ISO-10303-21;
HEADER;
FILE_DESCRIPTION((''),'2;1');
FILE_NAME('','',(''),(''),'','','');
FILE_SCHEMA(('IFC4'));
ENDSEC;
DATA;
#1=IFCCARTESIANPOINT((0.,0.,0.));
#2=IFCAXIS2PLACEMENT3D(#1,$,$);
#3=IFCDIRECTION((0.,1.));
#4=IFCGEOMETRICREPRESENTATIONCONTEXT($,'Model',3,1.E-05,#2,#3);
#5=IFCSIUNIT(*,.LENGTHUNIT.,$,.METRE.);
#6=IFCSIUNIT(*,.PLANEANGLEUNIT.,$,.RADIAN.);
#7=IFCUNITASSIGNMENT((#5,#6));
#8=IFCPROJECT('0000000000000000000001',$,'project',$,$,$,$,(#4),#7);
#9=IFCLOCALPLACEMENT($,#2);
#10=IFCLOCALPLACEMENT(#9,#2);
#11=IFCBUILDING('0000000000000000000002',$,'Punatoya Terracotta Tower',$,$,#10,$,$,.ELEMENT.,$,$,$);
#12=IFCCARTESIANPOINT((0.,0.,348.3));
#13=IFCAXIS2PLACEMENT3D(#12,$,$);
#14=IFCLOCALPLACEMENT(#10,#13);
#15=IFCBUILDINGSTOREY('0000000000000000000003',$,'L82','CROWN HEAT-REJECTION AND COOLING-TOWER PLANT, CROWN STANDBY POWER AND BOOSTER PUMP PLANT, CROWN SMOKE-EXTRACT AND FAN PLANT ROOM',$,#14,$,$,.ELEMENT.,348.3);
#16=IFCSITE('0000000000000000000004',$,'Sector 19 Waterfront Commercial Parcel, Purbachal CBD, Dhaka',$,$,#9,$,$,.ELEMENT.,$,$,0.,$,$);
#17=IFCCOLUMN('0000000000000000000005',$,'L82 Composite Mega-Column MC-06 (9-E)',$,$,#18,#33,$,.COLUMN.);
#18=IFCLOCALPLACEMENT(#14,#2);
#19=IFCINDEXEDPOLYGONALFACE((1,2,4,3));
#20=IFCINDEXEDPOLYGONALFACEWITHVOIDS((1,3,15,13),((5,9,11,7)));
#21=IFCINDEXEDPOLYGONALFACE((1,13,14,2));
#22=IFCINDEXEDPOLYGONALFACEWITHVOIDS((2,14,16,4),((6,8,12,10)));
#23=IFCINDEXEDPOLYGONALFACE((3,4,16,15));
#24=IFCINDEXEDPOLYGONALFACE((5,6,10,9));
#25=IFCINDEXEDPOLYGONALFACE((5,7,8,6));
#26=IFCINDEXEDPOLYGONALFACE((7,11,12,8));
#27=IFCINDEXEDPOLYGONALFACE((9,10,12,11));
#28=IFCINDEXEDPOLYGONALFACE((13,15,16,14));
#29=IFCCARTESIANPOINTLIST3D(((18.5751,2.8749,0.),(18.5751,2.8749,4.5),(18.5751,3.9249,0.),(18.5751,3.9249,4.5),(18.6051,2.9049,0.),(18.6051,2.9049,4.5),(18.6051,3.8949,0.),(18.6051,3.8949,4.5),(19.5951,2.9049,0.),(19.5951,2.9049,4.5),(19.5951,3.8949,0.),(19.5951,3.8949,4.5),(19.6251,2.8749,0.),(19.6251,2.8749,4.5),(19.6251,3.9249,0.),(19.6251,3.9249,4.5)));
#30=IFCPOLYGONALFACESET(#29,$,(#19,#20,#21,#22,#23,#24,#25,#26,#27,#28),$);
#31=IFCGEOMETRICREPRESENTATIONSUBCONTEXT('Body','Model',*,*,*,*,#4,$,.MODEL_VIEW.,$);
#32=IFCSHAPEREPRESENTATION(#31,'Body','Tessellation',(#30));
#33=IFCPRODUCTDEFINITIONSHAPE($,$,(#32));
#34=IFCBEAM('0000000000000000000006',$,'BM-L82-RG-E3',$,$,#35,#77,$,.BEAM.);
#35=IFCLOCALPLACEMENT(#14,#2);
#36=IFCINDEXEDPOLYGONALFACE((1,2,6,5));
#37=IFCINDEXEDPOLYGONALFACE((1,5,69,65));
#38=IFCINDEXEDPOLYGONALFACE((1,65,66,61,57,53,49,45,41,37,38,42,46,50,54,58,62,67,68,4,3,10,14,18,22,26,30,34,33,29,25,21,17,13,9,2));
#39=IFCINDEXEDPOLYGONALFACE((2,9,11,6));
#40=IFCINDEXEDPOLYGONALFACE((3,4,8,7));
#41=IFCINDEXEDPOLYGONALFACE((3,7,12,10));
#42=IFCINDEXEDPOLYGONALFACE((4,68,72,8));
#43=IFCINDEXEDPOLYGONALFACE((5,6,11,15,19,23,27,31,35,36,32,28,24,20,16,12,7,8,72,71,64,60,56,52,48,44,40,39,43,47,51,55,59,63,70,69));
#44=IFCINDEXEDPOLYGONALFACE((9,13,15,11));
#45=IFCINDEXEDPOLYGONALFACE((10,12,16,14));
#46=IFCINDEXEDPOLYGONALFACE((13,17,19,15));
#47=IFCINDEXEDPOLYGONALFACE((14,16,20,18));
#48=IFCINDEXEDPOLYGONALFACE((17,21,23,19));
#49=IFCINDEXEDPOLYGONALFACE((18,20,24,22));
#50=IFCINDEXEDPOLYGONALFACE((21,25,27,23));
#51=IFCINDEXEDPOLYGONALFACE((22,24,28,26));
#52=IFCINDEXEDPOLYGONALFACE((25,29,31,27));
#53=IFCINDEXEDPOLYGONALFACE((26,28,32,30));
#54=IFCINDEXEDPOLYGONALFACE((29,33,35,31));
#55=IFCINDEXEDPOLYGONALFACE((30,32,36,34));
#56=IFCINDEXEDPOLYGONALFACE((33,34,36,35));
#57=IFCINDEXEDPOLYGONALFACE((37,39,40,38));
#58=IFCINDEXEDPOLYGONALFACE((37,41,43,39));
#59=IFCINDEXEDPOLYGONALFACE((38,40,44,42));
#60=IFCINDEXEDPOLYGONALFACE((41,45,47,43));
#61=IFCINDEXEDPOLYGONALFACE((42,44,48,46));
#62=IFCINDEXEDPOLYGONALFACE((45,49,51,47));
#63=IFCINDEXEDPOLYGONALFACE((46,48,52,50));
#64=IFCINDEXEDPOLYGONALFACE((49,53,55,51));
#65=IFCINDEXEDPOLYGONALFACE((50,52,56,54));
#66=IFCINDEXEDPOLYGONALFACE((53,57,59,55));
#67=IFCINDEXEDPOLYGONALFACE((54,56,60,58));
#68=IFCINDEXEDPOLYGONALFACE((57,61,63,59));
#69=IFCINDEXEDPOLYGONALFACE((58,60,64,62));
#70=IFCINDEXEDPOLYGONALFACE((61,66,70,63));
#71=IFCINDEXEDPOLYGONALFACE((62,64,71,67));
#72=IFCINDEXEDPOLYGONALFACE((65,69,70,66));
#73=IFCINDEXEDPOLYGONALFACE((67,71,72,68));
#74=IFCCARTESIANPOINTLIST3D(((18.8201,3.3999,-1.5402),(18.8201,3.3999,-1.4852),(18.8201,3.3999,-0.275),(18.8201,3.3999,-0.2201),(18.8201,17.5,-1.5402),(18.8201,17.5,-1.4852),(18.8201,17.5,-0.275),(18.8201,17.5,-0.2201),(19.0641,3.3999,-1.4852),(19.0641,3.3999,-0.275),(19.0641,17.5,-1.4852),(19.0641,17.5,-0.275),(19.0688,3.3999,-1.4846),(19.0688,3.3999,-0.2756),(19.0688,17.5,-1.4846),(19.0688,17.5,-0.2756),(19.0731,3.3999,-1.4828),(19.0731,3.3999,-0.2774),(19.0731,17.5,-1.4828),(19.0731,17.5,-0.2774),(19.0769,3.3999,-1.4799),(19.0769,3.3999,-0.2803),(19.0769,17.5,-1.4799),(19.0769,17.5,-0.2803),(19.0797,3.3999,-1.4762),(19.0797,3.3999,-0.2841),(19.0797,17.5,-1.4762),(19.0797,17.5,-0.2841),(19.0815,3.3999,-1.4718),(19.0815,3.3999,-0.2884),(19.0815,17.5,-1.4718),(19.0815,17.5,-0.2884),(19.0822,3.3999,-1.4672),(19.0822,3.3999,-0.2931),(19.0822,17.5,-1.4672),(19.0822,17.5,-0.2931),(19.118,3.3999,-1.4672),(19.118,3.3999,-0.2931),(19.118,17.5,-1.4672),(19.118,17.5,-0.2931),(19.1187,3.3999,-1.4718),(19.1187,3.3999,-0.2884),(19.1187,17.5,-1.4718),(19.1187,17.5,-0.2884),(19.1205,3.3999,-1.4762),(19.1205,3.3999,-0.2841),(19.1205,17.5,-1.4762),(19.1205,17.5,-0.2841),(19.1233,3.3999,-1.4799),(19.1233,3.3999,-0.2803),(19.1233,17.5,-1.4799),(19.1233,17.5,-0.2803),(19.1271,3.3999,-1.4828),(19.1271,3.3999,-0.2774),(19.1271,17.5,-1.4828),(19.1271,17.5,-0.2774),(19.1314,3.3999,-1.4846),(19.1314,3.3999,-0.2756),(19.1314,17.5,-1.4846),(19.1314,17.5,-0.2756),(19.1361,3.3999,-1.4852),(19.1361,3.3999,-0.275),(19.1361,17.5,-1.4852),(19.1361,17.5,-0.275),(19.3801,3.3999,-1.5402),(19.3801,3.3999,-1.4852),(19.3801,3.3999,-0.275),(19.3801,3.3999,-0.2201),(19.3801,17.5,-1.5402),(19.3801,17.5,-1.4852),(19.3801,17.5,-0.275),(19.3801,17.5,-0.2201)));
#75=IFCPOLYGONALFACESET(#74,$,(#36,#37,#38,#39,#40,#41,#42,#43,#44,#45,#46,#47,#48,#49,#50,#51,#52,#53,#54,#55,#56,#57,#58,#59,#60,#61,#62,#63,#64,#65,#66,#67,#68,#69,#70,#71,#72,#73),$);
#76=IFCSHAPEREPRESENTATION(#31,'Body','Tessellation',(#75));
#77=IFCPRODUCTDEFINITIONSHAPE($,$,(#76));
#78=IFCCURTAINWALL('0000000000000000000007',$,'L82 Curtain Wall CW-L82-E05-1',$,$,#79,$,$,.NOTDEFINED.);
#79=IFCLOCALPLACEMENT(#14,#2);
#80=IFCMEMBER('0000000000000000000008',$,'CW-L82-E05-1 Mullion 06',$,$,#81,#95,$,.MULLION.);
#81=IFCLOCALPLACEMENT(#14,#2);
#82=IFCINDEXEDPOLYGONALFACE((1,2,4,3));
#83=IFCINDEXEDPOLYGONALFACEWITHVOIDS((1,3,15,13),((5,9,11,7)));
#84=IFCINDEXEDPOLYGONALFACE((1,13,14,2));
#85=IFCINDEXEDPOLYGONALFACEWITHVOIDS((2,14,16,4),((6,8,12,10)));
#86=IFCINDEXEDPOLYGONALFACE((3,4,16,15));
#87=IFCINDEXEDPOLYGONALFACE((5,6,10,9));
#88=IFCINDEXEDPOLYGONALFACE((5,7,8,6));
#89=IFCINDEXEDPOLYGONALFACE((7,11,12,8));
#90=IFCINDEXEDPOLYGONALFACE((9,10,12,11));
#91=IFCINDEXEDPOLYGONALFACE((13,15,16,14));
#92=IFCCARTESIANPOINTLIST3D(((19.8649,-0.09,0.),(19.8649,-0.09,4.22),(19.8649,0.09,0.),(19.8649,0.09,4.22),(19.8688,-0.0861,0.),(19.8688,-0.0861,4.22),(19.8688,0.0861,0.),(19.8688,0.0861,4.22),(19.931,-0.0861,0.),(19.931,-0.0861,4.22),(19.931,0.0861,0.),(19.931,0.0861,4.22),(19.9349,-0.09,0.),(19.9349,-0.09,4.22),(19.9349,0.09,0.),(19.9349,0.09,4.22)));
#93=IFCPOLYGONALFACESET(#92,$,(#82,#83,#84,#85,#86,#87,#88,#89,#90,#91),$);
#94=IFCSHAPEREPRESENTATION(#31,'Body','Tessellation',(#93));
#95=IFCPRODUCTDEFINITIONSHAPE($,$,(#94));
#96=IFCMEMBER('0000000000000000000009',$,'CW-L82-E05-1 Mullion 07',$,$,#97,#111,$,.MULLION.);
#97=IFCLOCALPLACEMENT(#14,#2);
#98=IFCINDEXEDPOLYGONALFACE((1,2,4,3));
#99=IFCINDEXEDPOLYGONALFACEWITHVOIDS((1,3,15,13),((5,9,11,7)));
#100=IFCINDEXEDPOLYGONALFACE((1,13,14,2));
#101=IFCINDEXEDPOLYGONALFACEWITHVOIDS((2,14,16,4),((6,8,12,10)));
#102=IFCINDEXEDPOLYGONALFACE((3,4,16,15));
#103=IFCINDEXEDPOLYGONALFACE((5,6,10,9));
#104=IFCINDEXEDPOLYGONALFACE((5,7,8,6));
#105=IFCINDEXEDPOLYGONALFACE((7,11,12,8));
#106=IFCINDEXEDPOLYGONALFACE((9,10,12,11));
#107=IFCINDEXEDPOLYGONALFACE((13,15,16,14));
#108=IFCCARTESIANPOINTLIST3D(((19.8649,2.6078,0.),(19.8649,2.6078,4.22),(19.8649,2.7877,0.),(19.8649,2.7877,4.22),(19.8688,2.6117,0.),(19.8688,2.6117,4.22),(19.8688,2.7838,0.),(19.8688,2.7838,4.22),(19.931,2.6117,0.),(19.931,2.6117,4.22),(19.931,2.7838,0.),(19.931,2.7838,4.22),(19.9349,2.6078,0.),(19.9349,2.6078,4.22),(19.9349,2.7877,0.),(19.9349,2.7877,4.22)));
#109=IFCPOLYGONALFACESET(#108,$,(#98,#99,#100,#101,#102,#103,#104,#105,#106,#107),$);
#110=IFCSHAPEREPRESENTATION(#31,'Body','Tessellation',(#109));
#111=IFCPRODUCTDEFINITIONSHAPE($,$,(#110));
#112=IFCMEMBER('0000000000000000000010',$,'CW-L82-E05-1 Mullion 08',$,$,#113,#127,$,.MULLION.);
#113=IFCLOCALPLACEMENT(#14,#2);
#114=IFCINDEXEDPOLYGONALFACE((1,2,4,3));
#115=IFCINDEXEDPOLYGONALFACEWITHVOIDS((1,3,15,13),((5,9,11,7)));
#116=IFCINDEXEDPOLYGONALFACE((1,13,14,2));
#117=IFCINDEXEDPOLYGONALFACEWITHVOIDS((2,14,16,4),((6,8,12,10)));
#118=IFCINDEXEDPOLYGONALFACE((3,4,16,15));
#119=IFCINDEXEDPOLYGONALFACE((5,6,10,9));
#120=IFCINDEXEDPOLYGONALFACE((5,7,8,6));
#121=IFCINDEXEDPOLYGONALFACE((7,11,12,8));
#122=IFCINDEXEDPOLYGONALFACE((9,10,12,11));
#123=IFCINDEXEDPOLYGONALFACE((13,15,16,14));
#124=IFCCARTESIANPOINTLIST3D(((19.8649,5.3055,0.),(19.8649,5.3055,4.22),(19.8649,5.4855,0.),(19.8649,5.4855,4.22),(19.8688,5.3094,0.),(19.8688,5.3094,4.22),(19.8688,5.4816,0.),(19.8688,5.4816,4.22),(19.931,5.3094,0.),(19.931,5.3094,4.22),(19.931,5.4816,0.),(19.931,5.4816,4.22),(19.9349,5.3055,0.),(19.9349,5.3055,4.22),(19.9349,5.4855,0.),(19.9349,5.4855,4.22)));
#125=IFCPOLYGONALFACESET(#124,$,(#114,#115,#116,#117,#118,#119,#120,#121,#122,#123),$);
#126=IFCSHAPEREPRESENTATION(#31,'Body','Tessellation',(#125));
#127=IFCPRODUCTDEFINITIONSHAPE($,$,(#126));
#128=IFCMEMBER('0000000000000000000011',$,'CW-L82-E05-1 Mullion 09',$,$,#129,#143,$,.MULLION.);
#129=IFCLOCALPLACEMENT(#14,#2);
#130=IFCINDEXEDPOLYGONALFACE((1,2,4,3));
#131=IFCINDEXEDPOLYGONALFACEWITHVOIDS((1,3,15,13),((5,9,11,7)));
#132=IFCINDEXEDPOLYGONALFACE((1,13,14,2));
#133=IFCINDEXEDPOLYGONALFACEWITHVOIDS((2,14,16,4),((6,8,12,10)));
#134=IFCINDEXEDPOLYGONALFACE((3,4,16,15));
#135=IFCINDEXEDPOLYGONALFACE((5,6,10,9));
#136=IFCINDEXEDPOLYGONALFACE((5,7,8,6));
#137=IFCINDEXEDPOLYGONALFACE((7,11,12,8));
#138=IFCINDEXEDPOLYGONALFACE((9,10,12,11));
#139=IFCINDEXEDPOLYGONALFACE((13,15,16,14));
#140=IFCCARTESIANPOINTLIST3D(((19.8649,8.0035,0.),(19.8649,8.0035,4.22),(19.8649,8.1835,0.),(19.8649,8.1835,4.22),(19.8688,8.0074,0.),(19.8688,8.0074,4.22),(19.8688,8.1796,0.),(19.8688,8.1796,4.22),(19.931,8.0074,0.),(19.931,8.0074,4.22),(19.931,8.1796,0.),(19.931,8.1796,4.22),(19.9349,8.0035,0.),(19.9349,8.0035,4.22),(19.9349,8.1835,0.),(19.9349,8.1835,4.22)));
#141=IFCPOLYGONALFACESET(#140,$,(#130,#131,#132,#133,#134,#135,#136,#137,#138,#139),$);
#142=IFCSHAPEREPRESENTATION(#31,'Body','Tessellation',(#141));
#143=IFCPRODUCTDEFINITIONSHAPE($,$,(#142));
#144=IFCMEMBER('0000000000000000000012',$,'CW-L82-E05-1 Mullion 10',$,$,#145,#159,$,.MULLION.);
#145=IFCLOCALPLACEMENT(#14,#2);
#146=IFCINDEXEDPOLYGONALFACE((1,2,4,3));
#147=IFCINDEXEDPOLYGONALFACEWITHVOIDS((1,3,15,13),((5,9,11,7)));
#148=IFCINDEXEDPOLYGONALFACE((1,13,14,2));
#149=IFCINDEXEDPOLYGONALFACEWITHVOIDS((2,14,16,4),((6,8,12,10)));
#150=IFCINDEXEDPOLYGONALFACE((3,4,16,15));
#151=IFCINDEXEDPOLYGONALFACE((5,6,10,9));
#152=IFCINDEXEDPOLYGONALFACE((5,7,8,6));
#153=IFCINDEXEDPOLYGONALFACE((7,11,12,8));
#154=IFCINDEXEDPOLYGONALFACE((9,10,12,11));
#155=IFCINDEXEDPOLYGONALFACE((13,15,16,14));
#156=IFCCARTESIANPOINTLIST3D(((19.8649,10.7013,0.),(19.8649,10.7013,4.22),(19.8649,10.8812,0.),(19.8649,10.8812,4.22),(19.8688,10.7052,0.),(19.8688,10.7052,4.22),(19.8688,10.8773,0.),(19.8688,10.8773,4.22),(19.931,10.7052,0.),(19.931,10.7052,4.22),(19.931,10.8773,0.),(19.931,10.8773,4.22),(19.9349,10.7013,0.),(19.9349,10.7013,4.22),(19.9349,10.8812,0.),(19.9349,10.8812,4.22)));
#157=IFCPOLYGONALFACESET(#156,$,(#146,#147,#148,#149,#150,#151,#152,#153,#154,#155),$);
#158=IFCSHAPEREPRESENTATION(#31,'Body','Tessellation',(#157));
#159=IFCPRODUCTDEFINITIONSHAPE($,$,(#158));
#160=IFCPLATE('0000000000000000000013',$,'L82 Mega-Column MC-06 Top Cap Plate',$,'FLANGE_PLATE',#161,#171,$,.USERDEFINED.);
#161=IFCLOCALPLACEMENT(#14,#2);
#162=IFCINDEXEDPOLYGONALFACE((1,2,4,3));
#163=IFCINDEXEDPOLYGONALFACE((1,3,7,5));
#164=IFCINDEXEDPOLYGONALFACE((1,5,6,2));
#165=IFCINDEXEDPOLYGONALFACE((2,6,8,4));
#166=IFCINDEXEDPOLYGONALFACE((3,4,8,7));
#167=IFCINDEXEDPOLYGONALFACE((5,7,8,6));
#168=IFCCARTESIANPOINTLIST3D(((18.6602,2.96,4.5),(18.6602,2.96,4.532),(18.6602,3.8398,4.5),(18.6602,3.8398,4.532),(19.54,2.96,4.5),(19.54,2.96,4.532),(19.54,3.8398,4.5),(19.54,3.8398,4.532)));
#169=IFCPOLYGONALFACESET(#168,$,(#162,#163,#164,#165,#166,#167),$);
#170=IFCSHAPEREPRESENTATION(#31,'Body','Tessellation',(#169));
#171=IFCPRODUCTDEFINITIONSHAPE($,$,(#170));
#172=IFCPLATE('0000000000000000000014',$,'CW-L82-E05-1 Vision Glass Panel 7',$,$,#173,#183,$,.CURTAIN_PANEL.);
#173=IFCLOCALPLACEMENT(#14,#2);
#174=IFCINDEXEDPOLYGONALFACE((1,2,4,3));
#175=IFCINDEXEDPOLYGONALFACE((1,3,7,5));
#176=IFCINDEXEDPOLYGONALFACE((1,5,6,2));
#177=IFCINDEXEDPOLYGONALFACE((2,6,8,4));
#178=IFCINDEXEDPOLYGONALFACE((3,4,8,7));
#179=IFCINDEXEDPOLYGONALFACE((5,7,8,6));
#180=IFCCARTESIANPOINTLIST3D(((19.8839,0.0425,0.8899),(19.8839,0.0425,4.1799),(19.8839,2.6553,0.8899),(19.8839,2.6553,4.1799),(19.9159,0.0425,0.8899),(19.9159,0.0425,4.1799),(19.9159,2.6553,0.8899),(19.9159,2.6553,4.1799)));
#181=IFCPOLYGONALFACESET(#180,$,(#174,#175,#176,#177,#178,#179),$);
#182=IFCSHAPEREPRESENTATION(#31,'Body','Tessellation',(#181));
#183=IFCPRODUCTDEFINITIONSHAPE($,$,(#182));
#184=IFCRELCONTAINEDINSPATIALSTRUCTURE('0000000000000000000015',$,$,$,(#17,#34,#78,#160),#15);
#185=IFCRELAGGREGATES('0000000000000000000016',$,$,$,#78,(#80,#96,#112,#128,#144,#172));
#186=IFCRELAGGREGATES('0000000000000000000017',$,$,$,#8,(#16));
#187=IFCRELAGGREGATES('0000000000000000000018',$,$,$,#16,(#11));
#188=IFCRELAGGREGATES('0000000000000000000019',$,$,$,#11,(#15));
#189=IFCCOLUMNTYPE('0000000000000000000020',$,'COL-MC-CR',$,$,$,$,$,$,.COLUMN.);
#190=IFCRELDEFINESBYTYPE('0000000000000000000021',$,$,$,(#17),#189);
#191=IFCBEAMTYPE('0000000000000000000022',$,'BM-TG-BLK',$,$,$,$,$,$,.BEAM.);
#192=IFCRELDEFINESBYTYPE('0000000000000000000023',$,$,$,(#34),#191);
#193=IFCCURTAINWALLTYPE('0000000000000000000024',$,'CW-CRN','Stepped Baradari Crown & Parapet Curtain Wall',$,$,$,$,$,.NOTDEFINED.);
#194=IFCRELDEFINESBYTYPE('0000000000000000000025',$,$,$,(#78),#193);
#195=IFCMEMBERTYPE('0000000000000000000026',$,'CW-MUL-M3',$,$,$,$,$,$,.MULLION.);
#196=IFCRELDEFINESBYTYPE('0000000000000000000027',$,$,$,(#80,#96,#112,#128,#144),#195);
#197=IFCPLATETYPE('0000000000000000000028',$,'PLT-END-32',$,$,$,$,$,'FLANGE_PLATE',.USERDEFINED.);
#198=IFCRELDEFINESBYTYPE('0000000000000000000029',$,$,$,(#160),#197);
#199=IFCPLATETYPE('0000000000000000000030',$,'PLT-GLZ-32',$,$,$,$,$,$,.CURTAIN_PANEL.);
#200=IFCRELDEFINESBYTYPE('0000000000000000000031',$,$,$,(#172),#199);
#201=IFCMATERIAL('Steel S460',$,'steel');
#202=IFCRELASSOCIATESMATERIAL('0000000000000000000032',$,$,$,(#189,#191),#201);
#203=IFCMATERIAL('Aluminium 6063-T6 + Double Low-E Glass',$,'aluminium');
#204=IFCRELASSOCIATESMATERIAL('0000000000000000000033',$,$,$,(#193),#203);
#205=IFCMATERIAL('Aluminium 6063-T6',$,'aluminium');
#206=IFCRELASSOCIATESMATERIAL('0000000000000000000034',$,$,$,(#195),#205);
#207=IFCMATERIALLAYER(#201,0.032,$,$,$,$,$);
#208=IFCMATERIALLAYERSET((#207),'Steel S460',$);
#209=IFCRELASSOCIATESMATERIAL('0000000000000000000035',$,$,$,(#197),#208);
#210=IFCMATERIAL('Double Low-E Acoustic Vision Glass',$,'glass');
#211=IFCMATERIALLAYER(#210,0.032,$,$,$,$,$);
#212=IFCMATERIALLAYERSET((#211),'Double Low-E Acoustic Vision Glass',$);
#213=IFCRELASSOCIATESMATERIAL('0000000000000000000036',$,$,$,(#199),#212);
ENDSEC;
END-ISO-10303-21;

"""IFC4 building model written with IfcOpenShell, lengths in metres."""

from ifc_helpers import new_model, si_unit, direction, frame, origin, origin_2d, place, context, subcontext, project, spatial, rectangle, hollow_rectangle, i_section, extrude, material, layer, layer_set, material_profile, profile_set, type_object, element, aggregate, save


model = new_model("IFC4")

# Units and contexts
model_context = context("Model", 3, precision=1e-05, world=origin(), true_north=direction((0.0, 1.0)))
body_context = subcontext(model_context, "Body", "Model", "MODEL_VIEW")
ifc_project = project(units=[si_unit("LENGTHUNIT", "METRE"), si_unit("PLANEANGLEUNIT", "RADIAN")], contexts=[model_context])

# Site, building, storey
site_placement = place(None, origin())
site = spatial("IfcSite", under=ifc_project, at=site_placement, Name="Sector 19 Waterfront Commercial Parcel, Purbachal CBD, Dhaka", CompositionType="ELEMENT", RefElevation=0.0)
building_placement = place(site_placement, origin())
building = spatial("IfcBuilding", under=site, at=building_placement, Name="Punatoya Terracotta Tower", CompositionType="ELEMENT")
storey_placement = place(building_placement, frame((0.0, 0.0, 348.3)))
storey = spatial("IfcBuildingStorey", under=building, at=storey_placement, Name="L82", Description="CROWN HEAT-REJECTION AND COOLING-TOWER PLANT, CROWN STANDBY POWER AND BOOSTER PUMP PLANT, CROWN SMOKE-EXTRACT AND FAN PLANT ROOM", CompositionType="ELEMENT", Elevation=348.3)

# Column
ifc_material_1 = material(Name="Steel S460", Category="steel")
ifc_material_profile_1 = material_profile(ifc_material_1, hollow_rectangle(XDim=1.05, YDim=1.05, WallThickness=0.03, at=origin_2d()))
ifc_profile_set_1 = profile_set([ifc_material_profile_1], Name="Steel S460")
column_type = type_object("IfcColumnType", Name="COL-MC-CR", PredefinedType="COLUMN", material=ifc_profile_set_1)
column_placement = place(storey_placement, frame((19.1001, 3.3999, 0.0), z_axis=(0.0, 0.0, 1.0), x_axis=(1.0, 0.0, 0.0)))
element("IfcColumn", 1, at=column_placement, inside=storey, type_object=column_type, Name="L82 Composite Mega-Column MC-06 (9-E)", PredefinedType="COLUMN", context=body_context, shape_type="SweptSolid", body=[
    extrude(hollow_rectangle(XDim=1.05, YDim=1.05, WallThickness=0.03, at=origin_2d()), origin(), (0.0, 0.0, 1.0), 4.5),
])

# Beam
ifc_material_profile_2 = material_profile(ifc_material_1, i_section(OverallWidth=0.5601, OverallDepth=1.3201, WebThickness=0.0359, FlangeThickness=0.0549, FilletRadius=0.0181, at=origin_2d()))
ifc_profile_set_2 = profile_set([ifc_material_profile_2], Name="Steel S460")
beam_type = type_object("IfcBeamType", Name="BM-TG-BLK", PredefinedType="BEAM", material=ifc_profile_set_2)
beam_placement = place(storey_placement, frame((19.1001, 3.3999, -0.8801), z_axis=(0.0, 1.0, 0.0), x_axis=(-1.0, 0.0, 0.0)))
element("IfcBeam", 2, at=beam_placement, inside=storey, type_object=beam_type, Name="BM-L82-RG-E3", PredefinedType="BEAM", context=body_context, shape_type="SweptSolid", body=[
    extrude(i_section(OverallWidth=0.5601, OverallDepth=1.3201, WebThickness=0.0359, FlangeThickness=0.0549, FilletRadius=0.0181, at=origin_2d()), origin(), (0.0, 0.0, 1.0), 14.1001),
])

# Curtain wall, members
ifc_material_2 = material(Name="Aluminium 6063-T6 + Double Low-E Glass", Category="aluminium")
curtain_wall_type = type_object("IfcCurtainWallType", Name="CW-CRN", Description="Stepped Baradari Crown & Parapet Curtain Wall", PredefinedType="NOTDEFINED", material=ifc_material_2)
curtain_wall_placement = place(storey_placement, origin())
curtain_wall = element("IfcCurtainWall", 3, at=curtain_wall_placement, inside=storey, type_object=curtain_wall_type, Name="L82 Curtain Wall CW-L82-E05-1", PredefinedType="NOTDEFINED")
ifc_material_3 = material(Name="Aluminium 6063-T6", Category="aluminium")
ifc_material_profile_3 = material_profile(ifc_material_3, hollow_rectangle(XDim=0.0701, YDim=0.1799, WallThickness=0.0039, at=origin_2d()))
ifc_profile_set_3 = profile_set([ifc_material_profile_3], Name="Aluminium 6063-T6")
member_type = type_object("IfcMemberType", Name="CW-MUL-M3", PredefinedType="MULLION", material=ifc_profile_set_3)
member_1_placement = place(storey_placement, frame((19.8999, 0.0, 0.0), z_axis=(0.0, 0.0, 1.0), x_axis=(1.0, 0.0, 0.0)))
member_1 = element("IfcMember", 4, at=member_1_placement, type_object=member_type, Name="CW-L82-E05-1 Mullion 06", PredefinedType="MULLION", context=body_context, shape_type="SweptSolid", body=[
    extrude(hollow_rectangle(XDim=0.0701, YDim=0.1799, WallThickness=0.0039, at=origin_2d()), origin(), (0.0, 0.0, 1.0), 4.22),
])
member_2_placement = place(storey_placement, frame((19.8999, 2.6978, 0.0), z_axis=(0.0, 0.0, 1.0), x_axis=(1.0, 0.0, 0.0)))
member_2 = element("IfcMember", 5, at=member_2_placement, type_object=member_type, Name="CW-L82-E05-1 Mullion 07", PredefinedType="MULLION", context=body_context, shape_type="SweptSolid", body=[
    extrude(hollow_rectangle(XDim=0.0701, YDim=0.1799, WallThickness=0.0039, at=origin_2d()), origin(), (0.0, 0.0, 1.0), 4.22),
])
member_3_placement = place(storey_placement, frame((19.8999, 5.3955, 0.0), z_axis=(0.0, 0.0, 1.0), x_axis=(1.0, 0.0, 0.0)))
member_3 = element("IfcMember", 6, at=member_3_placement, type_object=member_type, Name="CW-L82-E05-1 Mullion 08", PredefinedType="MULLION", context=body_context, shape_type="SweptSolid", body=[
    extrude(hollow_rectangle(XDim=0.0701, YDim=0.1799, WallThickness=0.0039, at=origin_2d()), origin(), (0.0, 0.0, 1.0), 4.22),
])
member_4_placement = place(storey_placement, frame((19.8999, 8.0935, 0.0), z_axis=(0.0, 0.0, 1.0), x_axis=(1.0, 0.0, 0.0)))
member_4 = element("IfcMember", 7, at=member_4_placement, type_object=member_type, Name="CW-L82-E05-1 Mullion 09", PredefinedType="MULLION", context=body_context, shape_type="SweptSolid", body=[
    extrude(hollow_rectangle(XDim=0.0701, YDim=0.1799, WallThickness=0.0039, at=origin_2d()), origin(), (0.0, 0.0, 1.0), 4.22),
])
member_5_placement = place(storey_placement, frame((19.8999, 10.7913, 0.0), z_axis=(0.0, 0.0, 1.0), x_axis=(1.0, 0.0, 0.0)))
member_5 = element("IfcMember", 8, at=member_5_placement, type_object=member_type, Name="CW-L82-E05-1 Mullion 10", PredefinedType="MULLION", context=body_context, shape_type="SweptSolid", body=[
    extrude(hollow_rectangle(XDim=0.0701, YDim=0.1799, WallThickness=0.0039, at=origin_2d()), origin(), (0.0, 0.0, 1.0), 4.22),
])

# Plates
ifc_layer_1 = layer(ifc_material_1, 0.032)
ifc_layer_set_1 = layer_set([ifc_layer_1], Name="Steel S460")
plate_type_1 = type_object("IfcPlateType", Name="PLT-END-32", ElementType="FLANGE_PLATE", PredefinedType="USERDEFINED", material=ifc_layer_set_1)
plate_1_placement = place(storey_placement, frame((19.1001, 3.3999, 4.5), z_axis=(0.0, 0.0, 1.0), x_axis=(1.0, 0.0, 0.0)))
element("IfcPlate", 9, at=plate_1_placement, inside=storey, type_object=plate_type_1, Name="L82 Mega-Column MC-06 Top Cap Plate", ObjectType="FLANGE_PLATE", PredefinedType="USERDEFINED", context=body_context, shape_type="SweptSolid", body=[
    extrude(rectangle(XDim=0.8799, YDim=0.8799, at=origin_2d()), origin(), (0.0, 0.0, 1.0), 0.032),
])
ifc_material_4 = material(Name="Double Low-E Acoustic Vision Glass", Category="glass")
ifc_layer_2 = layer(ifc_material_4, 0.032)
ifc_layer_set_2 = layer_set([ifc_layer_2], Name="Double Low-E Acoustic Vision Glass")
plate_type_2 = type_object("IfcPlateType", Name="PLT-GLZ-32", PredefinedType="CURTAIN_PANEL", material=ifc_layer_set_2)
plate_2_placement = place(storey_placement, frame((19.8999, 1.3489, 0.8899), z_axis=(0.0, 0.0, 1.0), x_axis=(0.0, 1.0, 0.0)))
plate_2 = element("IfcPlate", 10, at=plate_2_placement, type_object=plate_type_2, Name="CW-L82-E05-1 Vision Glass Panel 7", PredefinedType="CURTAIN_PANEL", context=body_context, shape_type="SweptSolid", body=[
    extrude(rectangle(XDim=2.6128, YDim=0.032, at=origin_2d()), origin(), (0.0, 0.0, 1.0), 3.29),
])
aggregate(curtain_wall, [member_1, member_2, member_3, member_4, member_5, plate_2])

save(model, "model.ifc")
